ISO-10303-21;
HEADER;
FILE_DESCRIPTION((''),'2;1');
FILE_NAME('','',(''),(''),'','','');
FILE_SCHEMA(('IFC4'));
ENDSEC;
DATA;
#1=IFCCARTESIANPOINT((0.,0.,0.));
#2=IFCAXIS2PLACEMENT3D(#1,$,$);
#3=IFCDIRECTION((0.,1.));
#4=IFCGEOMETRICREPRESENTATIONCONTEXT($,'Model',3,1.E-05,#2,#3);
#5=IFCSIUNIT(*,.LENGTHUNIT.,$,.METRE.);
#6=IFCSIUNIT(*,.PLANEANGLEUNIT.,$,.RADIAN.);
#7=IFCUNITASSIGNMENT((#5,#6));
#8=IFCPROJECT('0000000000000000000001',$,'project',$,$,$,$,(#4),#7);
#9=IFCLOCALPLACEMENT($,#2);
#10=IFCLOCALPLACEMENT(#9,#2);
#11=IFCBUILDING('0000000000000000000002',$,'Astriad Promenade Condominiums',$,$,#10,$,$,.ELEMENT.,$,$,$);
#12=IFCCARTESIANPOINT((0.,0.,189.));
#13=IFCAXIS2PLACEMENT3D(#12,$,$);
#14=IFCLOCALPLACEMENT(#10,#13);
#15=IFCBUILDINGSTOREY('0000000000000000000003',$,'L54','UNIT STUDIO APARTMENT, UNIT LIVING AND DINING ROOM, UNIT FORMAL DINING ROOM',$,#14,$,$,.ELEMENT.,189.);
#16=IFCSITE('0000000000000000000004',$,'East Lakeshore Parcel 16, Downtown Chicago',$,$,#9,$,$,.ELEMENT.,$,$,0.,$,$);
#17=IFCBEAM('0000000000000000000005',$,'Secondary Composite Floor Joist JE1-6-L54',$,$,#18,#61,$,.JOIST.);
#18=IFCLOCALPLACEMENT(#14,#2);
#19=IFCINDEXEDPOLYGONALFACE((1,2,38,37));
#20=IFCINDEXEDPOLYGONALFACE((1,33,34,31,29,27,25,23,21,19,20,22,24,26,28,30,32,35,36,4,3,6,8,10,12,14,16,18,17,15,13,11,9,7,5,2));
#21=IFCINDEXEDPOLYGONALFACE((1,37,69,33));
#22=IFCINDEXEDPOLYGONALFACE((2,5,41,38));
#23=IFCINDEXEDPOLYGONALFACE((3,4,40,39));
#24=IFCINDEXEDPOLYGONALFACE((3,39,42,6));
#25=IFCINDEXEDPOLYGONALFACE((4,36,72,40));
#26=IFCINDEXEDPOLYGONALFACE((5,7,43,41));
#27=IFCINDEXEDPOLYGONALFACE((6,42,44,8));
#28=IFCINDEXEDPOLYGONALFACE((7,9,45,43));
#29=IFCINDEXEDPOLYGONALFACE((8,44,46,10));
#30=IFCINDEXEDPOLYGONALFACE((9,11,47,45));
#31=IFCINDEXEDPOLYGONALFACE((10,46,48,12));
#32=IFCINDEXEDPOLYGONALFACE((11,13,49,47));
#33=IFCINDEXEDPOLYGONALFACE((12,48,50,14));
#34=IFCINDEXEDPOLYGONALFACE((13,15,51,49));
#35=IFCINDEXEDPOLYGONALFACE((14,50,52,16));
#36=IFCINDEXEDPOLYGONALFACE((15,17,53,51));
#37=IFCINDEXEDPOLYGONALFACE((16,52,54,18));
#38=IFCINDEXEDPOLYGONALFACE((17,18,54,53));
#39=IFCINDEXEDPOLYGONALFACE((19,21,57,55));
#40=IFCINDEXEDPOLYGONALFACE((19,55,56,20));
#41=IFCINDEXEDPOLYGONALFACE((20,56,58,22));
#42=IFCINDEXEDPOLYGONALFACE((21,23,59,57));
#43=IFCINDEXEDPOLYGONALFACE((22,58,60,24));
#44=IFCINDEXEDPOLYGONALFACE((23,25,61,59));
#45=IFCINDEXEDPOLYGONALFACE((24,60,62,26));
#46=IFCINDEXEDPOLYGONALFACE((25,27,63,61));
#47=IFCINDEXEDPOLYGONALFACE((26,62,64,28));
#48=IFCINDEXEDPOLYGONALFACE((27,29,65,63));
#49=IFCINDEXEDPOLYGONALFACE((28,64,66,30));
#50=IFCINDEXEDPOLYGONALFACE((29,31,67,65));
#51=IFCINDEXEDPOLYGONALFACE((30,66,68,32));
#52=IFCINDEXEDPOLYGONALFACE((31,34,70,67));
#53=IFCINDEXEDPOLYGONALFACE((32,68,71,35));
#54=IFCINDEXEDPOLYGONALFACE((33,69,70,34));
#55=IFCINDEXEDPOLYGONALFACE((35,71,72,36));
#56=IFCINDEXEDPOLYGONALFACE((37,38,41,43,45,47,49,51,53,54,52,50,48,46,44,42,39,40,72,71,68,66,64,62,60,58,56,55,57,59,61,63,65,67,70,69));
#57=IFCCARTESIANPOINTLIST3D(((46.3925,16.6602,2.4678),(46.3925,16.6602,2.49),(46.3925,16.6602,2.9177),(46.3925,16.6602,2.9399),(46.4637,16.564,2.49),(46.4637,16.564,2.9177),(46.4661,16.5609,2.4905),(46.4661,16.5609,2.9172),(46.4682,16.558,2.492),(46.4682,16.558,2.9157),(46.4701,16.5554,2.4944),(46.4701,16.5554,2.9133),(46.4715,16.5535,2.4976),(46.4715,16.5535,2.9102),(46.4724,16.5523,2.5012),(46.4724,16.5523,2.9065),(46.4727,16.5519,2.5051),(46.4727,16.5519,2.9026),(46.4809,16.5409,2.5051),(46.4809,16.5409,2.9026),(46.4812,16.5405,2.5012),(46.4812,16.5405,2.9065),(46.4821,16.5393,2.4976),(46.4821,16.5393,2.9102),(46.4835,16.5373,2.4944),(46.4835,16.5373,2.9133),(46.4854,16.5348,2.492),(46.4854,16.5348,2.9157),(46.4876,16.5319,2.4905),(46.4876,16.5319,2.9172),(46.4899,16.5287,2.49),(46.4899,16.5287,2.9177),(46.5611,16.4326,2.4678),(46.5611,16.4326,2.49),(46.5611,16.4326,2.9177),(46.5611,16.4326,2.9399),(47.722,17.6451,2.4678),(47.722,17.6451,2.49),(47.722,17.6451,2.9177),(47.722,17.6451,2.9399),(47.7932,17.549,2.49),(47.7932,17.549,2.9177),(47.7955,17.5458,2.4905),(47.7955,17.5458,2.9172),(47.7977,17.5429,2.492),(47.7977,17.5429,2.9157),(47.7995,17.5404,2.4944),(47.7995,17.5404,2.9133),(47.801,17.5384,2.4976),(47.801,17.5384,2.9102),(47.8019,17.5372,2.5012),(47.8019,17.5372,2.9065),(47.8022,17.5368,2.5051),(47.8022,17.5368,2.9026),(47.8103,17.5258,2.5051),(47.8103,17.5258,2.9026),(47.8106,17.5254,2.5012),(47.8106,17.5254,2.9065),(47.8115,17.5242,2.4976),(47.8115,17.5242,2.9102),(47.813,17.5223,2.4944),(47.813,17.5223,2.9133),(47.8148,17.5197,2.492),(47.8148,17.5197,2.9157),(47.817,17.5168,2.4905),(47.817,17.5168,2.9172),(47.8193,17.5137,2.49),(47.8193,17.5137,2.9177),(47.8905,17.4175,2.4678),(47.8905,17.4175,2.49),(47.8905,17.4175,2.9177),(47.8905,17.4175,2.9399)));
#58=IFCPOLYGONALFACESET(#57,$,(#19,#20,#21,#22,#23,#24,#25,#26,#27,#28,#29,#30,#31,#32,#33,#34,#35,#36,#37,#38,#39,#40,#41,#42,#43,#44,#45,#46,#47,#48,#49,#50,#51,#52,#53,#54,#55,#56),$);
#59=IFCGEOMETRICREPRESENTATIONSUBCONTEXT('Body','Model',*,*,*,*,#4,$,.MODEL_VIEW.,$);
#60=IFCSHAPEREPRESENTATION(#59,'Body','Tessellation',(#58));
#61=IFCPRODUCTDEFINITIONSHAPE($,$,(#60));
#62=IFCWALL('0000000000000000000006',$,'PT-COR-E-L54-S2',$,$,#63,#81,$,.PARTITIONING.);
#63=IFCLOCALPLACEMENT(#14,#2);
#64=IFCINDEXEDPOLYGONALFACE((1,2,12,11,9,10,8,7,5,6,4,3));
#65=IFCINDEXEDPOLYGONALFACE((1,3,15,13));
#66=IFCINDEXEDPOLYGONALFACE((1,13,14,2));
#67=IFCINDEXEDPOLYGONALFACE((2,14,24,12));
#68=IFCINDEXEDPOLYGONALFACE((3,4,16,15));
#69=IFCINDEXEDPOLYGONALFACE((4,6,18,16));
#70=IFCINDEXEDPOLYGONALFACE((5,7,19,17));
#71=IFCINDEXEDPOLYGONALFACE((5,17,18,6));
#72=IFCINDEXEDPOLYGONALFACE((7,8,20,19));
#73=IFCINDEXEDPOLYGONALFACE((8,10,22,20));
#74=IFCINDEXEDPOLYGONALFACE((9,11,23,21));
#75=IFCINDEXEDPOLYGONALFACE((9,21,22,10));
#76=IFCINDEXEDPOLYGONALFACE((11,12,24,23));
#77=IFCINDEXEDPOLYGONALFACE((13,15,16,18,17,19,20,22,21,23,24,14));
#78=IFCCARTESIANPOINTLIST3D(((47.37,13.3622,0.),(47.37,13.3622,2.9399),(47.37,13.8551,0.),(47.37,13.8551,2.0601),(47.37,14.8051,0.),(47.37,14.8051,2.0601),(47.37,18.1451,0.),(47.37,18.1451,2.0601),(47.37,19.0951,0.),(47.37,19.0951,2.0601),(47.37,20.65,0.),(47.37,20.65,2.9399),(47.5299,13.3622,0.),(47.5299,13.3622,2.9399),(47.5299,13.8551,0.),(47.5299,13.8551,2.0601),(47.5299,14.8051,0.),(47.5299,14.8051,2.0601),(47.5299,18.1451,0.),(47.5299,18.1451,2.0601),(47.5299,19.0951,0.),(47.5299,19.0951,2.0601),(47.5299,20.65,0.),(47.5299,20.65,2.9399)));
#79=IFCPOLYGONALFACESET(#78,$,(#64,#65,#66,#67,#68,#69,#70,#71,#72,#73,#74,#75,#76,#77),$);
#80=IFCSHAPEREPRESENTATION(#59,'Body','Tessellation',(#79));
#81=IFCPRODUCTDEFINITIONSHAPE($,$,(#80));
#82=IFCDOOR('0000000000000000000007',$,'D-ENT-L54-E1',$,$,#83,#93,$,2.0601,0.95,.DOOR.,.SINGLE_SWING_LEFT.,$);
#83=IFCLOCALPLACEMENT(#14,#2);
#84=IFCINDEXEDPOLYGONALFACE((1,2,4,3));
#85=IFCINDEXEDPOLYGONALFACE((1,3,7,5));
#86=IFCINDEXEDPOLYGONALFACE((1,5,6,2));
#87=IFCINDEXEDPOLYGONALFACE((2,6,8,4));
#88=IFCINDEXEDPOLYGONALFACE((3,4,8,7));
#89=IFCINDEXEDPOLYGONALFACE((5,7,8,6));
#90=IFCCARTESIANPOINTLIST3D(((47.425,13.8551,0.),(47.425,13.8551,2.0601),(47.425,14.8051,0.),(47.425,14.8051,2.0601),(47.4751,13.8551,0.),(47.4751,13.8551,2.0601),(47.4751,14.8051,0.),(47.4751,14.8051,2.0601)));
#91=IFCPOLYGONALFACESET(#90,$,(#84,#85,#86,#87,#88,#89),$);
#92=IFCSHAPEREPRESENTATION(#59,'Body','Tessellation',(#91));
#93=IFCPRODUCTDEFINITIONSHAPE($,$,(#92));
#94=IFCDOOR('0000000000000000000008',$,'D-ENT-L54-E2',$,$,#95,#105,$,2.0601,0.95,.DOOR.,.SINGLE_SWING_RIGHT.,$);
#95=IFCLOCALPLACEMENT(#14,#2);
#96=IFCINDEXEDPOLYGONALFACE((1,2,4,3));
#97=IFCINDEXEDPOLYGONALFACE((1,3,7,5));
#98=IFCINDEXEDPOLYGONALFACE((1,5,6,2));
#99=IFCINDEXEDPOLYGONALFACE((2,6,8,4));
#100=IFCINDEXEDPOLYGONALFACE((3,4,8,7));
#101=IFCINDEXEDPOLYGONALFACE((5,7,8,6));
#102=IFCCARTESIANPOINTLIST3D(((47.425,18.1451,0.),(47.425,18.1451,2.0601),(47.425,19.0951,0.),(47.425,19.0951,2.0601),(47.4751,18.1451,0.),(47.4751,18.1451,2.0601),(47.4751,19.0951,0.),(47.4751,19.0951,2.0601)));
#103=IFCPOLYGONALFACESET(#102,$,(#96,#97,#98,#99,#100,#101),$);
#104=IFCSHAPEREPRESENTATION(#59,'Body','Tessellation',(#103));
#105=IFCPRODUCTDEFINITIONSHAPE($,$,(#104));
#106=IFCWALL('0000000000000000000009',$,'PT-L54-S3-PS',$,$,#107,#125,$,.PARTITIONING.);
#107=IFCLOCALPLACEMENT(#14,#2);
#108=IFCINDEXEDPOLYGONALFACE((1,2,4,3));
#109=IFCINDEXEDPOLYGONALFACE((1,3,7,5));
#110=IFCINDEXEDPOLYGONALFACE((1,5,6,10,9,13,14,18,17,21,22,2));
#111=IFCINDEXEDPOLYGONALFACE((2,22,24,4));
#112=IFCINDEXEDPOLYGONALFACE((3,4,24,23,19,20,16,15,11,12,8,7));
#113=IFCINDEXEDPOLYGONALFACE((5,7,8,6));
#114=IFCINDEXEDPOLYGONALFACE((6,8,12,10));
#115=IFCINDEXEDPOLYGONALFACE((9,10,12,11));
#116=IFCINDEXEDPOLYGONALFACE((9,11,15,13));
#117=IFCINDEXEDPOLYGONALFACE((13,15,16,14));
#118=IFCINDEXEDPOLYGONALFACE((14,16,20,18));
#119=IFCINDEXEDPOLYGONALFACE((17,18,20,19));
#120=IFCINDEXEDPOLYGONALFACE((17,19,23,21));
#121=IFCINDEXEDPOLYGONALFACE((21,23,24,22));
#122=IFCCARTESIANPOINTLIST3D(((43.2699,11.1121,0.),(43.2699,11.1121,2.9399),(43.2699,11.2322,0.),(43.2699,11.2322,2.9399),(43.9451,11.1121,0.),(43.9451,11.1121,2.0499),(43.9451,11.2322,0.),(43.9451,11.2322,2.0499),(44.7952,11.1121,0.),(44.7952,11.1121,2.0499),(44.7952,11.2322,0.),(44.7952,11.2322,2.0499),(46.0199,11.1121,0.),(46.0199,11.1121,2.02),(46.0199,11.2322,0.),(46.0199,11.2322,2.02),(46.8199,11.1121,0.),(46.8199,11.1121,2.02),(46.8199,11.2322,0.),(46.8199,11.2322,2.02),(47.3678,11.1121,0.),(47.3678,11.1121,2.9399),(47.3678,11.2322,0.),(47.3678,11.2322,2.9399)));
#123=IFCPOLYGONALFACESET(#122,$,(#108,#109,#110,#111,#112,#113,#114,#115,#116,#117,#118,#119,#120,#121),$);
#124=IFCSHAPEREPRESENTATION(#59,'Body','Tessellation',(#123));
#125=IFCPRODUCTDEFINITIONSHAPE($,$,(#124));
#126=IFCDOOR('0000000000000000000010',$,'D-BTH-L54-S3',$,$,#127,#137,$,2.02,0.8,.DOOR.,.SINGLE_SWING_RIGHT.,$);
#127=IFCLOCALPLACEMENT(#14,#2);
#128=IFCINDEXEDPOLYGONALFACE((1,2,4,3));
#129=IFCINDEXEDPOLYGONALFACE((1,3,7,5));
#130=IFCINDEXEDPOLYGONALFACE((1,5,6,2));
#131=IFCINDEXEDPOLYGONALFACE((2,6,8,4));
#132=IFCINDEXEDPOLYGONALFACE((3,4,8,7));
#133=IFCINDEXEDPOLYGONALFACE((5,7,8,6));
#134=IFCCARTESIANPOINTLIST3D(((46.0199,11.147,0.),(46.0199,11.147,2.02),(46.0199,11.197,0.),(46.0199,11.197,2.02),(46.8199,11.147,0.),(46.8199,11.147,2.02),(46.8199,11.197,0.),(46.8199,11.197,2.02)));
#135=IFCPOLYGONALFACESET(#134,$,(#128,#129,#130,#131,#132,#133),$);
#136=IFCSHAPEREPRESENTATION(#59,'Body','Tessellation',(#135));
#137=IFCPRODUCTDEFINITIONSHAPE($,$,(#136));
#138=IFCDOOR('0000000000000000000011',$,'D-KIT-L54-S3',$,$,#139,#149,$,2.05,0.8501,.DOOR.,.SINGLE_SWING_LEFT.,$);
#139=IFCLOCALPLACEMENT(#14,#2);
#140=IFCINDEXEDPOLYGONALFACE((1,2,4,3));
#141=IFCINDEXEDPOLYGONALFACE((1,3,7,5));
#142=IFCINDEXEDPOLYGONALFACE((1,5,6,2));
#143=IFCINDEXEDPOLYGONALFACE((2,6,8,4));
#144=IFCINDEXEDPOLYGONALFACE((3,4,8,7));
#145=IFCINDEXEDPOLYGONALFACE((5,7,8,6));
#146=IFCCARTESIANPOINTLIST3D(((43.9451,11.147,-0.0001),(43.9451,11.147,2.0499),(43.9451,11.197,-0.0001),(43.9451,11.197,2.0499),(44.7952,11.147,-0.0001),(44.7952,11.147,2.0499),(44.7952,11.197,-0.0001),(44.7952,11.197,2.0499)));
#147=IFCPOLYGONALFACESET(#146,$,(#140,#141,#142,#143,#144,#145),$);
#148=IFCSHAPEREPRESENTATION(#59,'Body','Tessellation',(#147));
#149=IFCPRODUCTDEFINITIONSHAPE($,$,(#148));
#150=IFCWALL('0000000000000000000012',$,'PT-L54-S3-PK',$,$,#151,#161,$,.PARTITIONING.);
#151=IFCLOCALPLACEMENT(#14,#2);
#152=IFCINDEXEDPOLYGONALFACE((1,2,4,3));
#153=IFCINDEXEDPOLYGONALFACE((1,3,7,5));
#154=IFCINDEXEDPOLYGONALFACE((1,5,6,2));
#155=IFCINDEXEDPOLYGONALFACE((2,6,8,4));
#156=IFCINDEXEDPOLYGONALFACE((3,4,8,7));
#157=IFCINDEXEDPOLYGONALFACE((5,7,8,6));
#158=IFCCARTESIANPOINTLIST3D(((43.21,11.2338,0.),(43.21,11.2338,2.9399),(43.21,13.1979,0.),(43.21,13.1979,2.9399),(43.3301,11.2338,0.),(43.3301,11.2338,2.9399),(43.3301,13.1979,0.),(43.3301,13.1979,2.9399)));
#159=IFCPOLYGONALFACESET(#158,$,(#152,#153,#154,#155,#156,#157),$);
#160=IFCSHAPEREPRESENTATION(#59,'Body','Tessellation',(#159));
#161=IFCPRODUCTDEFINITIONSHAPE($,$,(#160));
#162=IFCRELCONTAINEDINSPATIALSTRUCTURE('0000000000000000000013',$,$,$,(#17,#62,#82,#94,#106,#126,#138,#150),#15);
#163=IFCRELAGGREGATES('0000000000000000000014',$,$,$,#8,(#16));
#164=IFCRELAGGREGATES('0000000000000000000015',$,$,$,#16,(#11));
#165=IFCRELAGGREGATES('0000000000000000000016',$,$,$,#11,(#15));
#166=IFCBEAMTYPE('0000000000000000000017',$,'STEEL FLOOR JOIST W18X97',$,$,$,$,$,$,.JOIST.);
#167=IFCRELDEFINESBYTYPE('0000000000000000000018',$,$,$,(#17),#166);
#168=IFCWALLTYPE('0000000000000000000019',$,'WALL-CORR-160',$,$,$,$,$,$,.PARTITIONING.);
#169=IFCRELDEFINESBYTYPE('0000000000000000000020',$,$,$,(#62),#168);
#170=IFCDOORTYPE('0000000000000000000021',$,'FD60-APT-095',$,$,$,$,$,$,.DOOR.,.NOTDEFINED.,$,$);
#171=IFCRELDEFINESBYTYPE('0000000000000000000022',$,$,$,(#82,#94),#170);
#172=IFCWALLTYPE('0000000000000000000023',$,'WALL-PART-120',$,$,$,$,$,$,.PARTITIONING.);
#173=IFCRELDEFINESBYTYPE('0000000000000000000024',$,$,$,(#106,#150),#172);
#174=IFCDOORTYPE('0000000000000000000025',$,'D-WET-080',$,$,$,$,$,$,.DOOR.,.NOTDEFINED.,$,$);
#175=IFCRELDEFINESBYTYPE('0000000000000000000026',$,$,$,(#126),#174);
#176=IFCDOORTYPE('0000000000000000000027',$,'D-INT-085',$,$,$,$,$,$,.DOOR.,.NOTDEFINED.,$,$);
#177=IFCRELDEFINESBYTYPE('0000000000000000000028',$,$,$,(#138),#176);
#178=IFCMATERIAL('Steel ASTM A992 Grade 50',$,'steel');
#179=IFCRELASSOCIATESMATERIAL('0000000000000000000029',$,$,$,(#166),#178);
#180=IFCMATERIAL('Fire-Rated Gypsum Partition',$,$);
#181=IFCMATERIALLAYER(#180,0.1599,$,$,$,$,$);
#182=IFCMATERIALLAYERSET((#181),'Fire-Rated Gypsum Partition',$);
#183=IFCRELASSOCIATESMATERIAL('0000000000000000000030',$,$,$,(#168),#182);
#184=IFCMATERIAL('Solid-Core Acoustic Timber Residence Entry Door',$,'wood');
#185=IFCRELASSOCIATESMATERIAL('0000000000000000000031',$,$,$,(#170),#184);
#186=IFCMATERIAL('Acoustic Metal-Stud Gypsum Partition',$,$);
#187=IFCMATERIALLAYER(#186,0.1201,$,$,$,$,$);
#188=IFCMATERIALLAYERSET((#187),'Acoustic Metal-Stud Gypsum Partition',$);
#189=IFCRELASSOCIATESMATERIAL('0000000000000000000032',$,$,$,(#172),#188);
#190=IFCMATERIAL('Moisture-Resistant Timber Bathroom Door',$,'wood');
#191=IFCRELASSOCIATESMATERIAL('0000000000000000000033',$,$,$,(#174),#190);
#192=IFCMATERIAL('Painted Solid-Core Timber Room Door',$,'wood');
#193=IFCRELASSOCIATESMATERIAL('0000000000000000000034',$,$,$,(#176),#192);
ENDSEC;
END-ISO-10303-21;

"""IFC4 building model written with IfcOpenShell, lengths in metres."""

from ifc_helpers import new_model, si_unit, direction, frame, frame_2d, origin, origin_2d, place, context, subcontext, project, spatial, rectangle, i_section, extrude, source, transform, mapped, material, layer, layer_set, material_profile, profile_set, type_object, type_shapes, element, fill, save


model = new_model("IFC4")

# Units and contexts
model_context = context("Model", 3, precision=1e-05, world=origin(), true_north=direction((0.0, 1.0)))
body_context = subcontext(model_context, "Body", "Model", "MODEL_VIEW")
ifc_project = project(units=[si_unit("LENGTHUNIT", "METRE"), si_unit("PLANEANGLEUNIT", "RADIAN")], contexts=[model_context])

# Site, building, storey
site_placement = place(None, origin())
site = spatial("IfcSite", under=ifc_project, at=site_placement, Name="East Lakeshore Parcel 16, Downtown Chicago", CompositionType="ELEMENT", RefElevation=0.0)
building_placement = place(site_placement, origin())
building = spatial("IfcBuilding", under=site, at=building_placement, Name="Astriad Promenade Condominiums", CompositionType="ELEMENT")
storey_placement = place(building_placement, frame((0.0, 0.0, 189.0)))
storey = spatial("IfcBuildingStorey", under=building, at=storey_placement, Name="L54", Description="UNIT STUDIO APARTMENT, UNIT LIVING AND DINING ROOM, UNIT FORMAL DINING ROOM", CompositionType="ELEMENT", Elevation=189.0)

# Shared definitions
ifc_material_1 = material(Name="Steel ASTM A992 Grade 50", Category="steel")

# Beam
ifc_material_profile_1 = material_profile(ifc_material_1, i_section(OverallWidth=0.2832, OverallDepth=0.4722, WebThickness=0.0137, FlangeThickness=0.0222, FilletRadius=0.0151, at=origin_2d()), Name="W18X97")
ifc_profile_set_1 = profile_set([ifc_material_profile_1], Name="Steel ASTM A992 Grade 50")
beam_type_1 = type_object("IfcBeamType", Name="STEEL FLOOR JOIST W18X97", PredefinedType="JOIST", material=ifc_profile_set_1)
shared_shape_1 = source(origin(), body_context, "Body", "SweptSolid", [
    extrude(i_section(OverallWidth=0.2832, OverallDepth=0.4722, WebThickness=0.0137, FlangeThickness=0.0222, FilletRadius=0.0151, at=origin_2d()), origin(), (0.0, 0.0, 1.0), 1.6545),
])
beam_1_placement = place(storey_placement, frame((46.4768, 16.5464, 2.7039), z_axis=(0.80351, 0.595291, 0.0), x_axis=(-0.595291, 0.80351, 0.0)))
element("IfcBeam", 1, at=beam_1_placement, inside=storey, type_object=beam_type_1, Name="Secondary Composite Floor Joist JE1-6-L54", PredefinedType="JOIST", context=body_context, shape_type="MappedRepresentation", body=[
    mapped(shared_shape_1, transform((0.0, 0.0, 0.0), scale=1.0)),
])

# Walls, openings, doors
ifc_material_2 = material(Name="Fire-Rated Gypsum Partition")
ifc_layer_1 = layer(ifc_material_2, 0.1599)
ifc_layer_set_1 = layer_set([ifc_layer_1], Name="Fire-Rated Gypsum Partition")
wall_type_1 = type_object("IfcWallType", Name="WALL-CORR-160", PredefinedType="PARTITIONING", material=ifc_layer_set_1)
wall_1_placement = place(storey_placement, frame((47.45, 13.3621, 0.0), z_axis=(0.0, 0.0, 1.0), x_axis=(0.0, 1.0, 0.0)))
wall_1 = element("IfcWall", 2, at=wall_1_placement, inside=storey, type_object=wall_type_1, Name="PT-COR-E-L54-S2", PredefinedType="PARTITIONING", context=body_context, shape_type="SweptSolid", body=[
    extrude(rectangle(XDim=7.2878, YDim=0.1599, at=frame_2d((3.644, 0.0))), origin(), (0.0, 0.0, 1.0), 2.9399),
])
opening_1_placement = place(wall_1_placement, frame((0.4929, 0.0, 0.0)))
opening_1 = element("IfcOpeningElement", 3, at=opening_1_placement, cuts=wall_1, PredefinedType="OPENING", context=body_context, shape_type="SweptSolid", body=[
    extrude(rectangle(XDim=0.95, YDim=2.0601, at=frame_2d((0.4751, 1.03))), frame((0.0, 0.0898, 0.0), z_axis=(0.0, -1.0, 0.0), x_axis=(1.0, 0.0, 0.0)), (0.0, 0.0, 1.0), 0.1799),
])
opening_2_placement = place(wall_1_placement, frame((4.783, 0.0, 0.0)))
opening_2 = element("IfcOpeningElement", 4, at=opening_2_placement, cuts=wall_1, PredefinedType="OPENING", context=body_context, shape_type="SweptSolid", body=[
    extrude(rectangle(XDim=0.95, YDim=2.0601, at=frame_2d((0.4751, 1.03))), frame((0.0, 0.0898, 0.0), z_axis=(0.0, -1.0, 0.0), x_axis=(1.0, 0.0, 0.0)), (0.0, 0.0, 1.0), 0.1799),
])
ifc_material_3 = material(Name="Solid-Core Acoustic Timber Residence Entry Door", Category="wood")
door_type_1 = type_object("IfcDoorType", Name="FD60-APT-095", OperationType="NOTDEFINED", PredefinedType="DOOR", material=ifc_material_3)
shared_shape_2 = source(origin(), body_context, "Body", "SweptSolid", [
    extrude(rectangle(XDim=0.95, YDim=2.0601, at=frame_2d((0.4751, 1.03))), frame((0.0, 0.0249, 0.0), z_axis=(0.0, -1.0, 0.0), x_axis=(1.0, 0.0, 0.0)), (0.0, 0.0, 1.0), 0.05),
])
type_shapes(door_type_1, [shared_shape_2])
door_1_placement = place(opening_1_placement, origin())
door_1 = element("IfcDoor", 5, at=door_1_placement, inside=storey, type_object=door_type_1, Name="D-ENT-L54-E1", OperationType="SINGLE_SWING_LEFT", OverallHeight=2.0601, OverallWidth=0.95, PredefinedType="DOOR", context=body_context, shape_type="MappedRepresentation", body=[
    mapped(shared_shape_2, transform((0.0, 0.0, 0.0), scale=1.0)),
])
fill(opening_1, door_1)
door_2_placement = place(opening_2_placement, origin())
door_2 = element("IfcDoor", 6, at=door_2_placement, inside=storey, type_object=door_type_1, Name="D-ENT-L54-E2", OperationType="SINGLE_SWING_RIGHT", OverallHeight=2.0601, OverallWidth=0.95, PredefinedType="DOOR", context=body_context, shape_type="MappedRepresentation", body=[
    mapped(shared_shape_2, transform((0.0, 0.0, 0.0), scale=1.0)),
])
fill(opening_2, door_2)
ifc_material_4 = material(Name="Acoustic Metal-Stud Gypsum Partition")
ifc_layer_2 = layer(ifc_material_4, 0.1201)
ifc_layer_set_2 = layer_set([ifc_layer_2], Name="Acoustic Metal-Stud Gypsum Partition")
wall_type_2 = type_object("IfcWallType", Name="WALL-PART-120", PredefinedType="PARTITIONING", material=ifc_layer_set_2)
wall_2_placement = place(storey_placement, frame((43.27, 11.1721, 0.0), z_axis=(0.0, 0.0, 1.0), x_axis=(1.0, 0.0, 0.0)))
wall_2 = element("IfcWall", 7, at=wall_2_placement, inside=storey, type_object=wall_type_2, Name="PT-L54-S3-PS", PredefinedType="PARTITIONING", context=body_context, shape_type="SweptSolid", body=[
    extrude(rectangle(XDim=4.0979, YDim=0.1201, at=frame_2d((2.0488, 0.0))), origin(), (0.0, 0.0, 1.0), 2.9399),
])
opening_3_placement = place(wall_2_placement, frame((0.675, 0.0, 0.0)))
opening_3 = element("IfcOpeningElement", 8, at=opening_3_placement, cuts=wall_2, PredefinedType="OPENING", context=body_context, shape_type="SweptSolid", body=[
    extrude(rectangle(XDim=0.8501, YDim=2.05, at=frame_2d((0.425, 1.0249))), frame((0.0, 0.0701, 0.0), z_axis=(0.0, -1.0, 0.0), x_axis=(1.0, 0.0, 0.0)), (0.0, 0.0, 1.0), 0.1401),
])
opening_4_placement = place(wall_2_placement, frame((2.75, 0.0, 0.0)))
opening_4 = element("IfcOpeningElement", 9, at=opening_4_placement, cuts=wall_2, PredefinedType="OPENING", context=body_context, shape_type="SweptSolid", body=[
    extrude(rectangle(XDim=0.8, YDim=2.02, at=frame_2d((0.3999, 1.01))), frame((0.0, 0.0701, 0.0), z_axis=(0.0, -1.0, 0.0), x_axis=(1.0, 0.0, 0.0)), (0.0, 0.0, 1.0), 0.1401),
])
ifc_material_5 = material(Name="Moisture-Resistant Timber Bathroom Door", Category="wood")
door_type_2 = type_object("IfcDoorType", Name="D-WET-080", OperationType="NOTDEFINED", PredefinedType="DOOR", material=ifc_material_5)
shared_shape_3 = source(origin(), body_context, "Body", "SweptSolid", [
    extrude(rectangle(XDim=0.8, YDim=2.02, at=frame_2d((0.3999, 1.01))), frame((0.0, 0.0249, 0.0), z_axis=(0.0, -1.0, 0.0), x_axis=(1.0, 0.0, 0.0)), (0.0, 0.0, 1.0), 0.05),
])
type_shapes(door_type_2, [shared_shape_3])
door_3_placement = place(opening_4_placement, origin())
door_3 = element("IfcDoor", 10, at=door_3_placement, inside=storey, type_object=door_type_2, Name="D-BTH-L54-S3", OperationType="SINGLE_SWING_RIGHT", OverallHeight=2.02, OverallWidth=0.8, PredefinedType="DOOR", context=body_context, shape_type="MappedRepresentation", body=[
    mapped(shared_shape_3, transform((0.0, 0.0, 0.0), scale=1.0)),
])
fill(opening_4, door_3)
ifc_material_6 = material(Name="Painted Solid-Core Timber Room Door", Category="wood")
door_type_3 = type_object("IfcDoorType", Name="D-INT-085", OperationType="NOTDEFINED", PredefinedType="DOOR", material=ifc_material_6)
shared_shape_4 = source(origin(), body_context, "Body", "SweptSolid", [
    extrude(rectangle(XDim=0.8501, YDim=2.05, at=frame_2d((0.425, 1.0249))), frame((0.0, 0.0249, 0.0), z_axis=(0.0, -1.0, 0.0), x_axis=(1.0, 0.0, 0.0)), (0.0, 0.0, 1.0), 0.05),
])
type_shapes(door_type_3, [shared_shape_4])
door_4_placement = place(opening_3_placement, origin())
door_4 = element("IfcDoor", 11, at=door_4_placement, inside=storey, type_object=door_type_3, Name="D-KIT-L54-S3", OperationType="SINGLE_SWING_LEFT", OverallHeight=2.05, OverallWidth=0.8501, PredefinedType="DOOR", context=body_context, shape_type="MappedRepresentation", body=[
    mapped(shared_shape_4, transform((0.0, 0.0, 0.0), scale=1.0)),
])
fill(opening_3, door_4)

# Wall
for number, where, z_axis, x_axis, name in (
    (12, (43.27, 11.2339, 0.0), (0.0, 0.0, 1.0), (0.0, 1.0, 0.0), "PT-L54-S3-PK"),
):
    element("IfcWall", number, at=place(storey_placement, frame(where, z_axis=z_axis, x_axis=x_axis)), inside=storey, type_object=wall_type_2, Name=name, PredefinedType="PARTITIONING", context=body_context, shape_type="SweptSolid", body=[
        extrude(rectangle(XDim=1.9641, YDim=0.1201, at=frame_2d((0.9819, 0.0))), origin(), (0.0, 0.0, 1.0), 2.9399),
    ])

save(model, "model.ifc")
